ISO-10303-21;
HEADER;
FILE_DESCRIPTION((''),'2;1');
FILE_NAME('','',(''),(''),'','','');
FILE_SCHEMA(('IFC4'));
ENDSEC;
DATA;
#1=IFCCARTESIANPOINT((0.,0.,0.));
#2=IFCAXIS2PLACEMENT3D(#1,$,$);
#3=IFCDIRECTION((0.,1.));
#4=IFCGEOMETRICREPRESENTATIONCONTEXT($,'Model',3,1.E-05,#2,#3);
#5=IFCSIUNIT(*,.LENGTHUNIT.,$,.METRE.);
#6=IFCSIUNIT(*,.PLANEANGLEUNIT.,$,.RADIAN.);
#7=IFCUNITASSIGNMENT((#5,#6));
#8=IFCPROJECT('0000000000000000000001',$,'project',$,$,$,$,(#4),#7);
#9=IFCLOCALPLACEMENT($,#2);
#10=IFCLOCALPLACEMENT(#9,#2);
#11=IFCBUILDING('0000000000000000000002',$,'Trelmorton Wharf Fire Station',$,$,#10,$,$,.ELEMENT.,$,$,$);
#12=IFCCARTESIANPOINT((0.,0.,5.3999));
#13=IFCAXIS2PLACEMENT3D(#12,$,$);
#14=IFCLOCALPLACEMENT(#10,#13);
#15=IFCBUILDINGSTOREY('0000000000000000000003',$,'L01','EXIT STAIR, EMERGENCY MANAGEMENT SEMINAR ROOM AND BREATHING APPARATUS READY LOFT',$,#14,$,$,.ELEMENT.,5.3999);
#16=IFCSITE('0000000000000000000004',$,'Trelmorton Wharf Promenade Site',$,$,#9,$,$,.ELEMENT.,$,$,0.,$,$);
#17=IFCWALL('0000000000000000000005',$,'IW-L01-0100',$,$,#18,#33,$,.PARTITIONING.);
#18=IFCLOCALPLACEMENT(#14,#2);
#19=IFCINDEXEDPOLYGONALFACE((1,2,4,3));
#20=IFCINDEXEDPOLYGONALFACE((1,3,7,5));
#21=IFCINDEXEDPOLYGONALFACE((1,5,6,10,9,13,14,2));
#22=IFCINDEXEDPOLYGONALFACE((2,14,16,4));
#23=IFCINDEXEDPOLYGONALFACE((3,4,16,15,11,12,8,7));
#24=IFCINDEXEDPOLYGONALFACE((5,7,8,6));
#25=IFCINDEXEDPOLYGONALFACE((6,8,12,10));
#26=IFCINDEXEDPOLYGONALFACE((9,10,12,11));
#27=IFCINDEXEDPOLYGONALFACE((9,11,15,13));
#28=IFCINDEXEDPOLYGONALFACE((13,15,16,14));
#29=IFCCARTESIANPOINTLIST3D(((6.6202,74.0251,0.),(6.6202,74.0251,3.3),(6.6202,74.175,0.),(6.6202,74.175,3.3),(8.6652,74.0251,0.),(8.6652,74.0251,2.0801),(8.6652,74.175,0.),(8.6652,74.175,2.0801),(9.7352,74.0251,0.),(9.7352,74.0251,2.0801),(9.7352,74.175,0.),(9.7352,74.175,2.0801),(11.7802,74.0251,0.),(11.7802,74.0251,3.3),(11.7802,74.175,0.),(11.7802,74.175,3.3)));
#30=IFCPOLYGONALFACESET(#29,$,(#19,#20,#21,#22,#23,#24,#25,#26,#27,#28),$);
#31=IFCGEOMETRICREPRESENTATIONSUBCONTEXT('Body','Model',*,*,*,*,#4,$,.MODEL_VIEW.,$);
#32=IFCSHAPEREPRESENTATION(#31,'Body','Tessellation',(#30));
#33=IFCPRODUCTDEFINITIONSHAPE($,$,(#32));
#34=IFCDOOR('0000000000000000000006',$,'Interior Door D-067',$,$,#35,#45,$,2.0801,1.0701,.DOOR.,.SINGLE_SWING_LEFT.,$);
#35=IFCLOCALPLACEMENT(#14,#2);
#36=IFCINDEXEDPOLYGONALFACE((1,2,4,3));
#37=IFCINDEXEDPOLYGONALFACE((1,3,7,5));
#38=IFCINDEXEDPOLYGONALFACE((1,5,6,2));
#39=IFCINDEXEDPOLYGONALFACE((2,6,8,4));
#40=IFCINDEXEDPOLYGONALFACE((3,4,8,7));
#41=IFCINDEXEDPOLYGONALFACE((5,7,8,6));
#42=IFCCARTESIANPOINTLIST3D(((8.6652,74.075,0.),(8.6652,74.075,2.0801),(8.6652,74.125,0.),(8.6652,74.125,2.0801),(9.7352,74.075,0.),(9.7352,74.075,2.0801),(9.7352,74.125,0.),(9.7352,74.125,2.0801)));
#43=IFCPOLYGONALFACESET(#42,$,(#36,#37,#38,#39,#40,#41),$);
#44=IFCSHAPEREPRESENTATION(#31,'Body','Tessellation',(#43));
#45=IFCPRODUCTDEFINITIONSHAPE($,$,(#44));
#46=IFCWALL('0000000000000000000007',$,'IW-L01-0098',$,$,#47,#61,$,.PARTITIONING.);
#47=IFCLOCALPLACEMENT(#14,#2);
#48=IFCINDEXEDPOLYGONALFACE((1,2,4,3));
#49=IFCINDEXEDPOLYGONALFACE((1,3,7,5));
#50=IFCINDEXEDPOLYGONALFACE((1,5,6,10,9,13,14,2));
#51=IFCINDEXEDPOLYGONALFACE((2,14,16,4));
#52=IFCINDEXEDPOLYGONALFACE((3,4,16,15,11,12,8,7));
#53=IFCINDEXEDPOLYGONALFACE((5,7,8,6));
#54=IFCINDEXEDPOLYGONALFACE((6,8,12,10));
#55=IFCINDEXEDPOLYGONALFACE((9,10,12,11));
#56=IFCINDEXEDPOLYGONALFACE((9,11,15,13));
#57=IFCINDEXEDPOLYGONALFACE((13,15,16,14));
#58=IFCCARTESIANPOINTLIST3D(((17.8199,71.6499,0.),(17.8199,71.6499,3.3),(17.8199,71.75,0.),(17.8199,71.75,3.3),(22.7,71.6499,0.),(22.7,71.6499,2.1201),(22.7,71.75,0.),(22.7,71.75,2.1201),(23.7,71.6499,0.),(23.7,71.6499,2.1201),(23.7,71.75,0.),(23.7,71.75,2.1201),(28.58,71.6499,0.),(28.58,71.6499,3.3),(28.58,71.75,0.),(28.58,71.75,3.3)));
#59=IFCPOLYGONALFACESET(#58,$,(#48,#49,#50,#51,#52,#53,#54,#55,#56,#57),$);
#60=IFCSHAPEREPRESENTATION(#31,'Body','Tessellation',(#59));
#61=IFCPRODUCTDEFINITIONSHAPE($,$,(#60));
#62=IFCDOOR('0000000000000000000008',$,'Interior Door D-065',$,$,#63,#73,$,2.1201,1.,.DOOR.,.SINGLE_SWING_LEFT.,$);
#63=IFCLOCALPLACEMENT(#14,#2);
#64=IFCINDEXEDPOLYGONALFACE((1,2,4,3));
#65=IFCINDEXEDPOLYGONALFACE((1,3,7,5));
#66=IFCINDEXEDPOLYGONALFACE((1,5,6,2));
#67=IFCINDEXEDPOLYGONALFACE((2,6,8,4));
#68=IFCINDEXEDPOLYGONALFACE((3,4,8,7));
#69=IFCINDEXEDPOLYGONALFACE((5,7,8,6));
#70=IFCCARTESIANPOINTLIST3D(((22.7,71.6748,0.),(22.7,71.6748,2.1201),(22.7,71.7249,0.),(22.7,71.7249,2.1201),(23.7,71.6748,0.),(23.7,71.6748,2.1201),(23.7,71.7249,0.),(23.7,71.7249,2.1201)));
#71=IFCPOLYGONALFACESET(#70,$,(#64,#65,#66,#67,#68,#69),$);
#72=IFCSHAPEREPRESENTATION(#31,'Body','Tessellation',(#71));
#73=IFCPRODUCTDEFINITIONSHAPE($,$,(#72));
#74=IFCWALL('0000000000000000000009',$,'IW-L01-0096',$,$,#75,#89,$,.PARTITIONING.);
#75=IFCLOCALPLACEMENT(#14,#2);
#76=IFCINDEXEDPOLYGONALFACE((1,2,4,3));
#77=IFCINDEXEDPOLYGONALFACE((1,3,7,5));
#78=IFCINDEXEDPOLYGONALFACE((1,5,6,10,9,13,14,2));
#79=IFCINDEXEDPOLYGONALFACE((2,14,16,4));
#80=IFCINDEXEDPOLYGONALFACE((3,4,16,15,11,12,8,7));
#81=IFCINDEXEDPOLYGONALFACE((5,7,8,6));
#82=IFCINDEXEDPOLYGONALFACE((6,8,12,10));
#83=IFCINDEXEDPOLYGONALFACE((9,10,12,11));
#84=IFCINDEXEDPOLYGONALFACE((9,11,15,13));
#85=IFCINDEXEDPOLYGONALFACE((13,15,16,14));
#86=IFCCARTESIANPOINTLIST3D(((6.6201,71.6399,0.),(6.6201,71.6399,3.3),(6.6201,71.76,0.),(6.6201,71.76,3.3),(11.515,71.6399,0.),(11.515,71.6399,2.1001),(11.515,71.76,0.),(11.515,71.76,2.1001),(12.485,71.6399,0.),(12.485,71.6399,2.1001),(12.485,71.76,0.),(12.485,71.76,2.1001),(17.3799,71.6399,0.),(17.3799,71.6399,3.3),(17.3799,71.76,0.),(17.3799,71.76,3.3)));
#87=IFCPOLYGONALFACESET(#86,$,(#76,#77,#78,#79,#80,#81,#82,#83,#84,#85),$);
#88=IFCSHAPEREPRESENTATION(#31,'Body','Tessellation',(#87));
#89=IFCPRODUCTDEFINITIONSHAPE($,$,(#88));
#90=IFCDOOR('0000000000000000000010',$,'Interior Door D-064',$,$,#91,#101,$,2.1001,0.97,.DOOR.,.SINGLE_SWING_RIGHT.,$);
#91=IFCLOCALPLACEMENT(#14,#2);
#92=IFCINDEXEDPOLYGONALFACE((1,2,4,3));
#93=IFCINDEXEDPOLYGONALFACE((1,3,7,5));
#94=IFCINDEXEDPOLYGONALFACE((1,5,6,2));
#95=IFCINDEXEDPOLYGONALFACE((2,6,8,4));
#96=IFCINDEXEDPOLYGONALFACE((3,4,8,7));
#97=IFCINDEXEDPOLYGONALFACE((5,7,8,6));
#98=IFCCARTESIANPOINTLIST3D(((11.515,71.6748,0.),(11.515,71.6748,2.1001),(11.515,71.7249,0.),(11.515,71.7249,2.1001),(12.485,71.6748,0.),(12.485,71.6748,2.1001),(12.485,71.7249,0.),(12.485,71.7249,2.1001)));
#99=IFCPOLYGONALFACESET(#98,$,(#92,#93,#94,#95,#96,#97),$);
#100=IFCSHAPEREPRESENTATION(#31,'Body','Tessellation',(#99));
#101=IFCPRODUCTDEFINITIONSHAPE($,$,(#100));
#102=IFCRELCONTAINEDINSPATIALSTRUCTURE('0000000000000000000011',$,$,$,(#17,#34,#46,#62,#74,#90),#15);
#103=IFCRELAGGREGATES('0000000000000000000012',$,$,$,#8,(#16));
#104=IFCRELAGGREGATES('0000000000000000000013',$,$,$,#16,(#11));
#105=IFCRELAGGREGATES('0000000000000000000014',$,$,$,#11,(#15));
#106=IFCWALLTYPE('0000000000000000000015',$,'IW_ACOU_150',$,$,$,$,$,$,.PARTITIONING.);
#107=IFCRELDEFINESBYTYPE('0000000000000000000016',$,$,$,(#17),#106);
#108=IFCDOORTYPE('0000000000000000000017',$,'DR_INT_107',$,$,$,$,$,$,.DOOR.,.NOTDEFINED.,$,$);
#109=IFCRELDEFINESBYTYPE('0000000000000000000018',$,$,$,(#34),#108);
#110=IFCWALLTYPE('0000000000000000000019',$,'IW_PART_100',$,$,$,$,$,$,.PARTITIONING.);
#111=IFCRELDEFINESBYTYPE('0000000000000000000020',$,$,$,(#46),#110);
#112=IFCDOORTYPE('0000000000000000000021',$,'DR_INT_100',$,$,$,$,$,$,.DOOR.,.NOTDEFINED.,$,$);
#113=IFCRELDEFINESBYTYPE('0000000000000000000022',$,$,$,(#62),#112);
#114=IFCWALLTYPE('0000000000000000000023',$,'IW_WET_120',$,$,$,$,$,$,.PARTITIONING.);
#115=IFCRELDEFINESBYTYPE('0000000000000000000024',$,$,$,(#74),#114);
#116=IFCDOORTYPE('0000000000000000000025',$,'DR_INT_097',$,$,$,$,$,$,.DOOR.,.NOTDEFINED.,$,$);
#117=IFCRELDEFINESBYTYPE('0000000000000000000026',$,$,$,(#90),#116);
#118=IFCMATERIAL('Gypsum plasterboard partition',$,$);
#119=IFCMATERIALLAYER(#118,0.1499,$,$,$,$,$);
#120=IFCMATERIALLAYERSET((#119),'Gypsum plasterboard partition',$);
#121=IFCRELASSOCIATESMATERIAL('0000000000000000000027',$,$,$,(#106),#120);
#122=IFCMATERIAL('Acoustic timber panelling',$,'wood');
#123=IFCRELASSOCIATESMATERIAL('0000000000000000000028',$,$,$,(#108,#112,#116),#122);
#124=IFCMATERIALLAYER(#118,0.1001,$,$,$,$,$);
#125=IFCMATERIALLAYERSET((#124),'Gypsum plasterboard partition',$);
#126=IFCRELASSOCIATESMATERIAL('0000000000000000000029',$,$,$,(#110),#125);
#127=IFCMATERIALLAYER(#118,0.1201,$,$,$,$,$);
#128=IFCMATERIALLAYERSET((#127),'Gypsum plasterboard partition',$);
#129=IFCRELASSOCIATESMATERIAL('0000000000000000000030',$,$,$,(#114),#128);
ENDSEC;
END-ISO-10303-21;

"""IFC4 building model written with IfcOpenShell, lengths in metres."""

from ifc_helpers import new_model, si_unit, direction, frame, frame_2d, origin, place, context, subcontext, project, spatial, rectangle, extrude, material, layer, layer_set, type_object, element, fill, save


model = new_model("IFC4")

# Units and contexts
model_context = context("Model", 3, precision=1e-05, world=origin(), true_north=direction((0.0, 1.0)))
body_context = subcontext(model_context, "Body", "Model", "MODEL_VIEW")
ifc_project = project(units=[si_unit("LENGTHUNIT", "METRE"), si_unit("PLANEANGLEUNIT", "RADIAN")], contexts=[model_context])

# Site, building, storey
site_placement = place(None, origin())
site = spatial("IfcSite", under=ifc_project, at=site_placement, Name="Trelmorton Wharf Promenade Site", CompositionType="ELEMENT", RefElevation=0.0)
building_placement = place(site_placement, origin())
building = spatial("IfcBuilding", under=site, at=building_placement, Name="Trelmorton Wharf Fire Station", CompositionType="ELEMENT")
storey_placement = place(building_placement, frame((0.0, 0.0, 5.3999)))
storey = spatial("IfcBuildingStorey", under=building, at=storey_placement, Name="L01", Description="EXIT STAIR, EMERGENCY MANAGEMENT SEMINAR ROOM AND BREATHING APPARATUS READY LOFT", CompositionType="ELEMENT", Elevation=5.3999)

# Walls, openings, doors
ifc_material_1 = material(Name="Gypsum plasterboard partition")
ifc_layer_1 = layer(ifc_material_1, 0.1499)
ifc_layer_set_1 = layer_set([ifc_layer_1], Name="Gypsum plasterboard partition")
wall_type_1 = type_object("IfcWallType", Name="IW_ACOU_150", PredefinedType="PARTITIONING", material=ifc_layer_set_1)
wall_1_placement = place(storey_placement, frame((6.6201, 74.1001, 0.0), z_axis=(0.0, 0.0, 1.0), x_axis=(1.0, 0.0, 0.0)))
wall_1 = element("IfcWall", 1, at=wall_1_placement, inside=storey, type_object=wall_type_1, Name="IW-L01-0100", PredefinedType="PARTITIONING", context=body_context, shape_type="SweptSolid", body=[
    extrude(rectangle(XDim=5.1599, YDim=0.1499, at=frame_2d((2.5801, 0.0))), origin(), (0.0, 0.0, 1.0), 3.3),
])
opening_1_placement = place(wall_1_placement, frame((2.0449, 0.0, 0.0)))
opening_1 = element("IfcOpeningElement", 2, at=opening_1_placement, cuts=wall_1, PredefinedType="OPENING", context=body_context, shape_type="SweptSolid", body=[
    extrude(rectangle(XDim=1.0701, YDim=2.0801, at=frame_2d((0.5352, 1.04))), frame((0.0, 0.085, 0.0), z_axis=(0.0, -1.0, 0.0), x_axis=(1.0, 0.0, 0.0)), (0.0, 0.0, 1.0), 0.1699),
])
ifc_material_2 = material(Name="Acoustic timber panelling", Category="wood")
door_type_1 = type_object("IfcDoorType", Name="DR_INT_107", OperationType="NOTDEFINED", PredefinedType="DOOR", material=ifc_material_2)
door_1_placement = place(opening_1_placement, origin())
door_1 = element("IfcDoor", 3, at=door_1_placement, inside=storey, type_object=door_type_1, Name="Interior Door D-067", OperationType="SINGLE_SWING_LEFT", OverallHeight=2.0801, OverallWidth=1.0701, PredefinedType="DOOR", context=body_context, shape_type="SweptSolid", body=[
    extrude(rectangle(XDim=1.0701, YDim=2.0801, at=frame_2d((0.5352, 1.04))), frame((0.0, 0.0249, 0.0), z_axis=(0.0, -1.0, 0.0), x_axis=(1.0, 0.0, 0.0)), (0.0, 0.0, 1.0), 0.05),
])
fill(opening_1, door_1)
ifc_layer_2 = layer(ifc_material_1, 0.1001)
ifc_layer_set_2 = layer_set([ifc_layer_2], Name="Gypsum plasterboard partition")
wall_type_2 = type_object("IfcWallType", Name="IW_PART_100", PredefinedType="PARTITIONING", material=ifc_layer_set_2)
wall_2_placement = place(storey_placement, frame((17.8201, 71.7, 0.0), z_axis=(0.0, 0.0, 1.0), x_axis=(1.0, 0.0, 0.0)))
wall_2 = element("IfcWall", 4, at=wall_2_placement, inside=storey, type_object=wall_type_2, Name="IW-L01-0098", PredefinedType="PARTITIONING", context=body_context, shape_type="SweptSolid", body=[
    extrude(rectangle(XDim=10.76, YDim=0.1001, at=frame_2d((5.3799, 0.0))), origin(), (0.0, 0.0, 1.0), 3.3),
])
opening_2_placement = place(wall_2_placement, frame((4.8799, 0.0, 0.0)))
opening_2 = element("IfcOpeningElement", 5, at=opening_2_placement, cuts=wall_2, PredefinedType="OPENING", context=body_context, shape_type="SweptSolid", body=[
    extrude(rectangle(XDim=1.0, YDim=2.1201, at=frame_2d((0.5, 1.0601))), frame((0.0, 0.0601, 0.0), z_axis=(0.0, -1.0, 0.0), x_axis=(1.0, 0.0, 0.0)), (0.0, 0.0, 1.0), 0.1201),
])
door_type_2 = type_object("IfcDoorType", Name="DR_INT_100", OperationType="NOTDEFINED", PredefinedType="DOOR", material=ifc_material_2)
door_2_placement = place(opening_2_placement, origin())
door_2 = element("IfcDoor", 6, at=door_2_placement, inside=storey, type_object=door_type_2, Name="Interior Door D-065", OperationType="SINGLE_SWING_LEFT", OverallHeight=2.1201, OverallWidth=1.0, PredefinedType="DOOR", context=body_context, shape_type="SweptSolid", body=[
    extrude(rectangle(XDim=1.0, YDim=2.1201, at=frame_2d((0.5, 1.0601))), frame((0.0, 0.0249, 0.0), z_axis=(0.0, -1.0, 0.0), x_axis=(1.0, 0.0, 0.0)), (0.0, 0.0, 1.0), 0.05),
])
fill(opening_2, door_2)
ifc_layer_3 = layer(ifc_material_1, 0.1201)
ifc_layer_set_3 = layer_set([ifc_layer_3], Name="Gypsum plasterboard partition")
wall_type_3 = type_object("IfcWallType", Name="IW_WET_120", PredefinedType="PARTITIONING", material=ifc_layer_set_3)
wall_3_placement = place(storey_placement, frame((6.6201, 71.7, 0.0), z_axis=(0.0, 0.0, 1.0), x_axis=(1.0, 0.0, 0.0)))
wall_3 = element("IfcWall", 7, at=wall_3_placement, inside=storey, type_object=wall_type_3, Name="IW-L01-0096", PredefinedType="PARTITIONING", context=body_context, shape_type="SweptSolid", body=[
    extrude(rectangle(XDim=10.7598, YDim=0.1201, at=frame_2d((5.3799, 0.0))), origin(), (0.0, 0.0, 1.0), 3.3),
])
opening_3_placement = place(wall_3_placement, frame((4.895, 0.0, 0.0)))
opening_3 = element("IfcOpeningElement", 8, at=opening_3_placement, cuts=wall_3, PredefinedType="OPENING", context=body_context, shape_type="SweptSolid", body=[
    extrude(rectangle(XDim=0.97, YDim=2.1001, at=frame_2d((0.4849, 1.05))), frame((0.0, 0.0701, 0.0), z_axis=(0.0, -1.0, 0.0), x_axis=(1.0, 0.0, 0.0)), (0.0, 0.0, 1.0), 0.1401),
])
door_type_3 = type_object("IfcDoorType", Name="DR_INT_097", OperationType="NOTDEFINED", PredefinedType="DOOR", material=ifc_material_2)
door_3_placement = place(opening_3_placement, origin())
door_3 = element("IfcDoor", 9, at=door_3_placement, inside=storey, type_object=door_type_3, Name="Interior Door D-064", OperationType="SINGLE_SWING_RIGHT", OverallHeight=2.1001, OverallWidth=0.97, PredefinedType="DOOR", context=body_context, shape_type="SweptSolid", body=[
    extrude(rectangle(XDim=0.97, YDim=2.1001, at=frame_2d((0.4849, 1.05))), frame((0.0, 0.0249, 0.0), z_axis=(0.0, -1.0, 0.0), x_axis=(1.0, 0.0, 0.0)), (0.0, 0.0, 1.0), 0.05),
])
fill(opening_3, door_3)

save(model, "model.ifc")
